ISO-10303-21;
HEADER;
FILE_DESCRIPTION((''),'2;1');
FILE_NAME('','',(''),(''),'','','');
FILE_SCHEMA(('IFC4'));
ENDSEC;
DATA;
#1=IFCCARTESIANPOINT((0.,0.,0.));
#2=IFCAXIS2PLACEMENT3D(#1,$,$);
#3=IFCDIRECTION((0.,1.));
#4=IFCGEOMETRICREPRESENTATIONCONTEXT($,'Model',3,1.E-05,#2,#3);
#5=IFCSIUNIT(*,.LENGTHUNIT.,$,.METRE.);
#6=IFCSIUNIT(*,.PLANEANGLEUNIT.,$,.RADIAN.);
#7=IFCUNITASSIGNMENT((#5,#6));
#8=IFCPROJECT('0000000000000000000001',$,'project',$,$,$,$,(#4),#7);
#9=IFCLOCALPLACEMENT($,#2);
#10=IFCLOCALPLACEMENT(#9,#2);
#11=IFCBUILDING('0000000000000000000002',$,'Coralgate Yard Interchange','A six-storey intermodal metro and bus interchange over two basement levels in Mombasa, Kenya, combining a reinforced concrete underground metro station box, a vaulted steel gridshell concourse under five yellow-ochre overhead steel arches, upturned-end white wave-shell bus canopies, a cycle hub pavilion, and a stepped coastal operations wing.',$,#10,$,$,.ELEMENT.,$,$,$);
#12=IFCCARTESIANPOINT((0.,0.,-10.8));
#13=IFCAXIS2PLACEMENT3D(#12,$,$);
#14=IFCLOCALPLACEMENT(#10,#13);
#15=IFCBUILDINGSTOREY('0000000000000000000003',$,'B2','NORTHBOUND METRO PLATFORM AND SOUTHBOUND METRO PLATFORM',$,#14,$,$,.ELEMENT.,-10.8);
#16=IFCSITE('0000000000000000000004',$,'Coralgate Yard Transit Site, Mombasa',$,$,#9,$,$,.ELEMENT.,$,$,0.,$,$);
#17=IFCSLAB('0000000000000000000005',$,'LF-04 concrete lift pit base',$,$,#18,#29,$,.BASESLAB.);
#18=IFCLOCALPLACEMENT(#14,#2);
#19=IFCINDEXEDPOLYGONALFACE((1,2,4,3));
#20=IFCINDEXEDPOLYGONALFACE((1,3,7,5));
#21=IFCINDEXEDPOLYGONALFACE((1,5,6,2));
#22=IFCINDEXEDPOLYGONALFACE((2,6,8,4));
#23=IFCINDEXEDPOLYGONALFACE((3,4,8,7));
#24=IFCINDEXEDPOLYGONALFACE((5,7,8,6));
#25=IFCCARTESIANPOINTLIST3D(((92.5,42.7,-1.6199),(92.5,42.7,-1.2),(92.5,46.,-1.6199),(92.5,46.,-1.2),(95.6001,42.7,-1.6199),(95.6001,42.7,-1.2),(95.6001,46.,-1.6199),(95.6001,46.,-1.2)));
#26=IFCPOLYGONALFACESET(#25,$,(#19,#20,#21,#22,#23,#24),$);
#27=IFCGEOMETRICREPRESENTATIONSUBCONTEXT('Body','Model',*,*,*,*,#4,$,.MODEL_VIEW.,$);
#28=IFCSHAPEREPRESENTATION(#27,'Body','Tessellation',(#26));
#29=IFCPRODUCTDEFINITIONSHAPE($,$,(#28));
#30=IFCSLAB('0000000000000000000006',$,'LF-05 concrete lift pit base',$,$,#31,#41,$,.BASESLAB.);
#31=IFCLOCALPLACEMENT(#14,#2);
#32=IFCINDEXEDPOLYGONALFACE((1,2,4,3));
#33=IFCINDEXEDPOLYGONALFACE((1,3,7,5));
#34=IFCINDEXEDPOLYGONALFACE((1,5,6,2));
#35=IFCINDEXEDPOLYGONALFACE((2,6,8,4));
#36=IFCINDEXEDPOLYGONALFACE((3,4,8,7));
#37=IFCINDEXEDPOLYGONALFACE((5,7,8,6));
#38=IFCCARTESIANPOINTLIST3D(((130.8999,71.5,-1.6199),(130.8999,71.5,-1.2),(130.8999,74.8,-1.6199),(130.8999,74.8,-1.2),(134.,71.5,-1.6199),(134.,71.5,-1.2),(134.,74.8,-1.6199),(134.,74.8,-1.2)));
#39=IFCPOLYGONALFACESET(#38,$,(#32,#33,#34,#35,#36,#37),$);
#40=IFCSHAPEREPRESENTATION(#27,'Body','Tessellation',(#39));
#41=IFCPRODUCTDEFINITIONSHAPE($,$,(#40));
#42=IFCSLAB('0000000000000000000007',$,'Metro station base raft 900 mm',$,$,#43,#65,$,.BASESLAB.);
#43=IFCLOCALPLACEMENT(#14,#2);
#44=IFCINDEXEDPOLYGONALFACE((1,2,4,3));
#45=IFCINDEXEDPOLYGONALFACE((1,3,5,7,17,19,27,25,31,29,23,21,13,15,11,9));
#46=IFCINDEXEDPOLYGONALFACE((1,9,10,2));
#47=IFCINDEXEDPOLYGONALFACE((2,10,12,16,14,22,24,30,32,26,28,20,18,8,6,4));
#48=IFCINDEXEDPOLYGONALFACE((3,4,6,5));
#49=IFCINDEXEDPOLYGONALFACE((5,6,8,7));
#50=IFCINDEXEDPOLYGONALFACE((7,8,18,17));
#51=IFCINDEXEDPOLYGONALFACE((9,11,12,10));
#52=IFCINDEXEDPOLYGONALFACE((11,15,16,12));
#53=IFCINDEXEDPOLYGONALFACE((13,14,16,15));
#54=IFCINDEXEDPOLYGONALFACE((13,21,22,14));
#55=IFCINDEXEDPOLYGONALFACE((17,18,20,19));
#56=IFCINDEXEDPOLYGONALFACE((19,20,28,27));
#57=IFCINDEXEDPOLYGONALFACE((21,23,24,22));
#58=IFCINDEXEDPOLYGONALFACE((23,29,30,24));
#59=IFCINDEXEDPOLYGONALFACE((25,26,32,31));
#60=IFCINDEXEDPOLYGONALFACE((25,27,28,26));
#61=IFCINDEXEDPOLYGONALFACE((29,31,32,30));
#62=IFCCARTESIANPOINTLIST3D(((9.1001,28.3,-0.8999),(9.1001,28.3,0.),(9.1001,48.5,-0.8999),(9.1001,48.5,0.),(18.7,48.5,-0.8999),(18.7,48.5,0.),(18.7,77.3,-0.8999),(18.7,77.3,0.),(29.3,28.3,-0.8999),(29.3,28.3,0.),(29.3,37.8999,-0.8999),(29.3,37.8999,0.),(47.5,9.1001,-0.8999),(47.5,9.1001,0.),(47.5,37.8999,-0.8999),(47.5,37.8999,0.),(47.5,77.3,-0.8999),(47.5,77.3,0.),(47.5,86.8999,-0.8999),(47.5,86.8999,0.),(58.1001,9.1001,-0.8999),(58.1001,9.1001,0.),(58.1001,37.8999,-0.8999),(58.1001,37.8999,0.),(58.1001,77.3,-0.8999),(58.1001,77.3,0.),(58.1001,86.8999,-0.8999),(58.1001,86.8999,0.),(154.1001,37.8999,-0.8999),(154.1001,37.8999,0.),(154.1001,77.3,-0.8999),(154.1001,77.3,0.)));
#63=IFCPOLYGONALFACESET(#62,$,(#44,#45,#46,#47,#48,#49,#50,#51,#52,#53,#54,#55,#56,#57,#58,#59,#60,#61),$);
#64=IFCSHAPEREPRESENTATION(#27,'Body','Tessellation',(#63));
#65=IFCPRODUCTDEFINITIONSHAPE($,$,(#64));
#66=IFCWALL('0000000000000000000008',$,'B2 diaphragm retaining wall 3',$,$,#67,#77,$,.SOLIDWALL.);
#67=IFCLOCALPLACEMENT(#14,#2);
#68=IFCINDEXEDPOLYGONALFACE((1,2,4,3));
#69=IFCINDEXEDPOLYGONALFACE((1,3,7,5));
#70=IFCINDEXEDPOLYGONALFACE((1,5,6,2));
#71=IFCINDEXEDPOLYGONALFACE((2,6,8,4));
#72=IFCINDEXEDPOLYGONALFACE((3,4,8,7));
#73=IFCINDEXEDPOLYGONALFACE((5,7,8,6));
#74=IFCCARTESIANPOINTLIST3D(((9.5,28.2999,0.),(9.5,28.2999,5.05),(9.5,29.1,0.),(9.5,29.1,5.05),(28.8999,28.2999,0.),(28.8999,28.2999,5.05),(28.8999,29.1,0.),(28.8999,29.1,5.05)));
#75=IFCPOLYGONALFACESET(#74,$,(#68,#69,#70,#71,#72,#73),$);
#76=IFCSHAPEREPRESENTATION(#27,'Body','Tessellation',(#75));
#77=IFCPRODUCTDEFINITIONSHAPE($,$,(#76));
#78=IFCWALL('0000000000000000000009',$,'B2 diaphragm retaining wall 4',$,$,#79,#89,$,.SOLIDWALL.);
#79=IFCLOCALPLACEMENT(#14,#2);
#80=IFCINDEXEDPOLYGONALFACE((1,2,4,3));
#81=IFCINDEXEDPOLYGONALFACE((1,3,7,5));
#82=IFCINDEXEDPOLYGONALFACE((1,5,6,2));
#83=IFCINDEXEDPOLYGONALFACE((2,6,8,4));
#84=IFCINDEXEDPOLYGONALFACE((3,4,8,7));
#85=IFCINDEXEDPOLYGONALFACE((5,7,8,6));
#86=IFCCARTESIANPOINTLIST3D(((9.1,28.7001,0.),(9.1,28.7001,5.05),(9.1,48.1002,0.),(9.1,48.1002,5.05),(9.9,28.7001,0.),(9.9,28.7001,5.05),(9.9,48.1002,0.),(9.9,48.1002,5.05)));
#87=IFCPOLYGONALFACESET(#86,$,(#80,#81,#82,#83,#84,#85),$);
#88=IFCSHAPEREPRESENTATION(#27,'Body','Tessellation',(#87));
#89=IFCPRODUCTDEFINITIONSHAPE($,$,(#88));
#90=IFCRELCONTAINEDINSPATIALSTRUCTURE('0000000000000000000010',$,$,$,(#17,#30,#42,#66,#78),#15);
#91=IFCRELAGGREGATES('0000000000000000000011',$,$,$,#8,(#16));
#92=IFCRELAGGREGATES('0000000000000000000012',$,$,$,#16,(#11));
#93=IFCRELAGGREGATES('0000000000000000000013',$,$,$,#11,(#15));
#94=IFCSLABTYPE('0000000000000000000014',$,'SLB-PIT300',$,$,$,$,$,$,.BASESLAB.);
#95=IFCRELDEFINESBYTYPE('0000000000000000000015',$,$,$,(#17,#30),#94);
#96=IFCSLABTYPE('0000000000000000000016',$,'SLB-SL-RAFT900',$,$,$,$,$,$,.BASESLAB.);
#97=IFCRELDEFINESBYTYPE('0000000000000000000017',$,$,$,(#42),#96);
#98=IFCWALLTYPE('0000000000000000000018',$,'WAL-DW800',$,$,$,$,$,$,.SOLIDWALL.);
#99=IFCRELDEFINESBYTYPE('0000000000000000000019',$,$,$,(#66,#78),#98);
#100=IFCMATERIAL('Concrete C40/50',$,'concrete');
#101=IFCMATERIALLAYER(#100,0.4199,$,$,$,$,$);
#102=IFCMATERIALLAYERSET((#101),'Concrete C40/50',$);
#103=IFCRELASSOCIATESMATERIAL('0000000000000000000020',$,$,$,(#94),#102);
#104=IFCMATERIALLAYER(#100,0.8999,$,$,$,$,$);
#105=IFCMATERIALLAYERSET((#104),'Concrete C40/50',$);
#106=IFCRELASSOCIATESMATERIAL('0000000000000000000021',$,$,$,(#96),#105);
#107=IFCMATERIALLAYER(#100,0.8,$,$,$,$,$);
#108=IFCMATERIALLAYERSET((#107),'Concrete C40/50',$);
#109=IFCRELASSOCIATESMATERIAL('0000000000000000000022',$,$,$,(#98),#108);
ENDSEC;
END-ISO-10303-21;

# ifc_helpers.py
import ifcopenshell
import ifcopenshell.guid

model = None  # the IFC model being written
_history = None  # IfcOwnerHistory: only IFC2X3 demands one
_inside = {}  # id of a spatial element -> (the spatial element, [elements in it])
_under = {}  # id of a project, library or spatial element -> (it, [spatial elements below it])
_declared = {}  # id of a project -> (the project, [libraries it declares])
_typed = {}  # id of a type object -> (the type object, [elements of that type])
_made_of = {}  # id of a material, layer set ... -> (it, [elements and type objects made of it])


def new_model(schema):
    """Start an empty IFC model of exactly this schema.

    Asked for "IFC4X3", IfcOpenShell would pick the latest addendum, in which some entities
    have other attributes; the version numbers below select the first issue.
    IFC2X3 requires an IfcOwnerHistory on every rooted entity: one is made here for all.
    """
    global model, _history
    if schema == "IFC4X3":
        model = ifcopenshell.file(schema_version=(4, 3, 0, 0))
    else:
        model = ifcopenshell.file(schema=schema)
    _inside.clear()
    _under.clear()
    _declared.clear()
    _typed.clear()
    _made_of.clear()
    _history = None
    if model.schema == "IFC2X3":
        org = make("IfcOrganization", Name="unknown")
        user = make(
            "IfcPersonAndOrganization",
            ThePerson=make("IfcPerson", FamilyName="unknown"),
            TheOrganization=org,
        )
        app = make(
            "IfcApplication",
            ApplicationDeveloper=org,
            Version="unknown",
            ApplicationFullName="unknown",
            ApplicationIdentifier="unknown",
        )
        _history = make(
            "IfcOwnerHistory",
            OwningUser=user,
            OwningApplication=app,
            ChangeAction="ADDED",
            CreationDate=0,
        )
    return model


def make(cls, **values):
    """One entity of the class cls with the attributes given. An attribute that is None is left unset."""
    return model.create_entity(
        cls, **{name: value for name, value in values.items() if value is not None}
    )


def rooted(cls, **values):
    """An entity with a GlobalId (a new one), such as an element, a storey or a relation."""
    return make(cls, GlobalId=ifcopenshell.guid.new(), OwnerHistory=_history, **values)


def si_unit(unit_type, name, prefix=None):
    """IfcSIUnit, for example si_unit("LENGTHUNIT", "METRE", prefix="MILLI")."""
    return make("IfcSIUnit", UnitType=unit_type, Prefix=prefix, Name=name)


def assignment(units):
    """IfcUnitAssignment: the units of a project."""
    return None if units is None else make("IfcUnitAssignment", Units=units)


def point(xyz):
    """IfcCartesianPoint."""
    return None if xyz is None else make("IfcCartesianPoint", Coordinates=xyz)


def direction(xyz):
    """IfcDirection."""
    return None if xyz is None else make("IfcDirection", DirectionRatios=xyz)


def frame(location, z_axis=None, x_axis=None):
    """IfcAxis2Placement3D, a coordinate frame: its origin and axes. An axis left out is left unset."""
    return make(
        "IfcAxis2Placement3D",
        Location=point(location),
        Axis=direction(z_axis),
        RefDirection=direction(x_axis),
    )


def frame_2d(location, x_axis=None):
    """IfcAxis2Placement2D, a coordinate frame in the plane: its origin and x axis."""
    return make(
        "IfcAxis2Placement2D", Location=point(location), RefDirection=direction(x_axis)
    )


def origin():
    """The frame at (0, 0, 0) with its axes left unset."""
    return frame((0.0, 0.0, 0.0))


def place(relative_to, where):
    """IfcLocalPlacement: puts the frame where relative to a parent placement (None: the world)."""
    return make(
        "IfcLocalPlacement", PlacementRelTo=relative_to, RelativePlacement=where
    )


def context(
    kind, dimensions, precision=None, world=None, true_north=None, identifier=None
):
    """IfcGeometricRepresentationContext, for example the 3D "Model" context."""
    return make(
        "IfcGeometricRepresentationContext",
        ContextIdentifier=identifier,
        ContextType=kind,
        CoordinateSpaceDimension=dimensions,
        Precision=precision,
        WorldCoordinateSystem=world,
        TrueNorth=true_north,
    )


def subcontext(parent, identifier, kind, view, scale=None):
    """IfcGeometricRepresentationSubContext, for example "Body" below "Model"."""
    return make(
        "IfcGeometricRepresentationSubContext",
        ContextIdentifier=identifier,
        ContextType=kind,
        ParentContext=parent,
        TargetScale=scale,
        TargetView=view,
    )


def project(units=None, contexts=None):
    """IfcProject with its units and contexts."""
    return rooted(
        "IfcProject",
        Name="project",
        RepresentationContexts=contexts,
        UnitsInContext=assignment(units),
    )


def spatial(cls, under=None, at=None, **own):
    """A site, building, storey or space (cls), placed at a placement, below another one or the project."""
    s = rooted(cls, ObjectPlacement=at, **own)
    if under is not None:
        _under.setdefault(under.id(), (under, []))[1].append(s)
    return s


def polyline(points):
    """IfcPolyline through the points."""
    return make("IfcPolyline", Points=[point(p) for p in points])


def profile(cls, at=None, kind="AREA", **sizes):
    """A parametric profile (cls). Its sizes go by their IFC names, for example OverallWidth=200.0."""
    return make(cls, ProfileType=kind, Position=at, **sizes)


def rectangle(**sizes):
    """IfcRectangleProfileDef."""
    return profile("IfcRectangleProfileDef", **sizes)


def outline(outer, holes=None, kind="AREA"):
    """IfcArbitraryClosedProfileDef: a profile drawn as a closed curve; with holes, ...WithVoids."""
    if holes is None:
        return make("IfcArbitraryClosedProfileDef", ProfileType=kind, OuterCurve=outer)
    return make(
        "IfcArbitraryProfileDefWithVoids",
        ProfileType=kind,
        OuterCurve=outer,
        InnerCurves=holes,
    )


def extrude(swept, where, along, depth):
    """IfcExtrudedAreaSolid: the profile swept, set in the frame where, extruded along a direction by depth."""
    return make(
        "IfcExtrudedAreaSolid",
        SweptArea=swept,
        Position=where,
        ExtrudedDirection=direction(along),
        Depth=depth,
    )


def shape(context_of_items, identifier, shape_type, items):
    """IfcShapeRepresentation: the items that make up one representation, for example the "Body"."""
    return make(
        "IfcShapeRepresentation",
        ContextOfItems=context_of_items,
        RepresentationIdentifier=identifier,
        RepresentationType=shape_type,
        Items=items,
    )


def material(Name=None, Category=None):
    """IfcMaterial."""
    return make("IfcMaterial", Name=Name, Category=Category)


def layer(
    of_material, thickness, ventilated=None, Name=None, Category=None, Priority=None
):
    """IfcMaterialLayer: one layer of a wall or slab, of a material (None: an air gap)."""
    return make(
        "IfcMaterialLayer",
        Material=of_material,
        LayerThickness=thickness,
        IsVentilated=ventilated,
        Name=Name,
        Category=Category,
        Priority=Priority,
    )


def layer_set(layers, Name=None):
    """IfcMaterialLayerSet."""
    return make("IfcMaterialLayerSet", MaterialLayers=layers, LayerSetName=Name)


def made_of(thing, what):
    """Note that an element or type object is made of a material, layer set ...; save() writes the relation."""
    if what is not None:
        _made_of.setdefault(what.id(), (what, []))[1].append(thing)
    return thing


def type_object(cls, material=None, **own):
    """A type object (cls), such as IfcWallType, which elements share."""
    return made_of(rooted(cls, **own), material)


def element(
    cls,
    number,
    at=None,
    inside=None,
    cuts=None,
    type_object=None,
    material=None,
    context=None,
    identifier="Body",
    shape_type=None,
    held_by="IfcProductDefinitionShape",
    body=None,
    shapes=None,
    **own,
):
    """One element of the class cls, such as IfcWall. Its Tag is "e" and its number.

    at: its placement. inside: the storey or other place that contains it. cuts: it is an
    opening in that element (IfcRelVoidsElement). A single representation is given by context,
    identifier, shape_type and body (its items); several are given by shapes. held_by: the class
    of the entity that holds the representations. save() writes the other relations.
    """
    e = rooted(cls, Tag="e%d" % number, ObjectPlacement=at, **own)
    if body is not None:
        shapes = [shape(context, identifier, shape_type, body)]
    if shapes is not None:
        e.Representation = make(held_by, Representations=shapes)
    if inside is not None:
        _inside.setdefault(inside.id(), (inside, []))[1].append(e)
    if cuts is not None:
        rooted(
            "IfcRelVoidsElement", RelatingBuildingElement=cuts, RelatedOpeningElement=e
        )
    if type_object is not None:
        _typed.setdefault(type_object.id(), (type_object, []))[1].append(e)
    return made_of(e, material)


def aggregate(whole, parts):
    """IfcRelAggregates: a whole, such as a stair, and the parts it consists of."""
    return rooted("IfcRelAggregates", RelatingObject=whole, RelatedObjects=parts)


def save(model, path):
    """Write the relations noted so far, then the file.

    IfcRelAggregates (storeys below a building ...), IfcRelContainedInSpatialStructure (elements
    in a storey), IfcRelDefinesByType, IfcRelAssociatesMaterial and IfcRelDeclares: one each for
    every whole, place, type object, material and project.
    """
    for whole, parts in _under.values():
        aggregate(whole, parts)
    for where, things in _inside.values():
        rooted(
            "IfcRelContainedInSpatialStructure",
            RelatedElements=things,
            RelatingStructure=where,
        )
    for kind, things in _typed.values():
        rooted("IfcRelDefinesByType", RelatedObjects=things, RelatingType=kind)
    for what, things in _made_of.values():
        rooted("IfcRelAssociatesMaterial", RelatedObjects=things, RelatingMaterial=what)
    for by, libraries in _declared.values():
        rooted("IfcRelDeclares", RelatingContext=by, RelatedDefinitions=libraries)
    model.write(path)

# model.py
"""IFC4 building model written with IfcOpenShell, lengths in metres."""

from ifc_helpers import new_model, si_unit, direction, frame, frame_2d, origin, place, context, subcontext, project, spatial, polyline, rectangle, outline, extrude, material, layer, layer_set, type_object, element, save


model = new_model("IFC4")

# Units and contexts
model_context = context("Model", 3, precision=1e-05, world=origin(), true_north=direction((0.0, 1.0)))
body_context = subcontext(model_context, "Body", "Model", "MODEL_VIEW")
ifc_project = project(units=[si_unit("LENGTHUNIT", "METRE"), si_unit("PLANEANGLEUNIT", "RADIAN")], contexts=[model_context])

# Site, building, storey
site_placement = place(None, origin())
site = spatial("IfcSite", under=ifc_project, at=site_placement, Name="Coralgate Yard Transit Site, Mombasa", CompositionType="ELEMENT", RefElevation=0.0)
building_placement = place(site_placement, origin())
building = spatial("IfcBuilding", under=site, at=building_placement, Name="Coralgate Yard Interchange", Description="A six-storey intermodal metro and bus interchange over two basement levels in Mombasa, Kenya, combining a reinforced concrete underground metro station box, a vaulted steel gridshell concourse under five yellow-ochre overhead steel arches, upturned-end white wave-shell bus canopies, a cycle hub pavilion, and a stepped coastal operations wing.", CompositionType="ELEMENT")
storey_placement = place(building_placement, frame((0.0, 0.0, -10.8)))
storey = spatial("IfcBuildingStorey", under=building, at=storey_placement, Name="B2", Description="NORTHBOUND METRO PLATFORM AND SOUTHBOUND METRO PLATFORM", CompositionType="ELEMENT", Elevation=-10.8)

# Shared definitions
ifc_material = material(Name="Concrete C40/50", Category="concrete")

# Slabs
ifc_layer_1 = layer(ifc_material, 0.4199)
ifc_layer_set_1 = layer_set([ifc_layer_1], Name="Concrete C40/50")
slab_type_1 = type_object("IfcSlabType", Name="SLB-PIT300", PredefinedType="BASESLAB", material=ifc_layer_set_1)
slab_1_placement = place(storey_placement, frame((0.0, 0.0, -1.6199)))
element("IfcSlab", 1, at=slab_1_placement, inside=storey, type_object=slab_type_1, Name="LF-04 concrete lift pit base", PredefinedType="BASESLAB", context=body_context, shape_type="SweptSolid", body=[
    extrude(outline(polyline([(92.5, 42.7), (95.6001, 42.7), (95.6001, 46.0), (92.5, 46.0), (92.5, 42.7)])), origin(), (0.0, 0.0, 1.0), 0.4199),
])
slab_2_placement = place(storey_placement, frame((0.0, 0.0, -1.6199)))
element("IfcSlab", 2, at=slab_2_placement, inside=storey, type_object=slab_type_1, Name="LF-05 concrete lift pit base", PredefinedType="BASESLAB", context=body_context, shape_type="SweptSolid", body=[
    extrude(outline(polyline([(130.8999, 71.5), (134.0, 71.5), (134.0, 74.8), (130.8999, 74.8), (130.8999, 71.5)])), origin(), (0.0, 0.0, 1.0), 0.4199),
])
ifc_layer_2 = layer(ifc_material, 0.8999)
ifc_layer_set_2 = layer_set([ifc_layer_2], Name="Concrete C40/50")
slab_type_2 = type_object("IfcSlabType", Name="SLB-SL-RAFT900", PredefinedType="BASESLAB", material=ifc_layer_set_2)
slab_3_placement = place(storey_placement, frame((0.0, 0.0, -0.8999)))
element("IfcSlab", 3, at=slab_3_placement, inside=storey, type_object=slab_type_2, Name="Metro station base raft 900 mm", PredefinedType="BASESLAB", context=body_context, shape_type="SweptSolid", body=[
    extrude(outline(polyline([(47.5, 37.8999), (29.3, 37.8999), (29.3, 28.3), (9.1001, 28.3), (9.1001, 48.5), (18.7, 48.5), (18.7, 77.3), (47.5, 77.3), (47.5, 86.8999), (58.1001, 86.8999), (58.1001, 77.3), (154.1001, 77.3), (154.1001, 37.8999), (58.1001, 37.8999), (58.1001, 9.1001), (47.5, 9.1001), (47.5, 37.8999)])), origin(), (0.0, 0.0, 1.0), 0.8999),
])

# Walls
ifc_layer_3 = layer(ifc_material, 0.8)
ifc_layer_set_3 = layer_set([ifc_layer_3], Name="Concrete C40/50")
wall_type = type_object("IfcWallType", Name="WAL-DW800", PredefinedType="SOLIDWALL", material=ifc_layer_set_3)
wall_1_placement = place(storey_placement, frame((28.8999, 28.7, 0.0), z_axis=(0.0, 0.0, 1.0), x_axis=(-1.0, 0.0, 0.0)))
element("IfcWall", 4, at=wall_1_placement, inside=storey, type_object=wall_type, Name="B2 diaphragm retaining wall 3", PredefinedType="SOLIDWALL", context=body_context, shape_type="SweptSolid", body=[
    extrude(rectangle(XDim=19.3999, YDim=0.8, at=frame_2d((9.7, 0.0))), origin(), (0.0, 0.0, 1.0), 5.05),
])
wall_2_placement = place(storey_placement, frame((9.5, 28.7, 0.0), z_axis=(0.0, 0.0, 1.0), x_axis=(0.0, 1.0, 0.0)))
element("IfcWall", 5, at=wall_2_placement, inside=storey, type_object=wall_type, Name="B2 diaphragm retaining wall 4", PredefinedType="SOLIDWALL", context=body_context, shape_type="SweptSolid", body=[
    extrude(rectangle(XDim=19.4001, YDim=0.8, at=frame_2d((9.7002, 0.0))), origin(), (0.0, 0.0, 1.0), 5.05),
])

save(model, "model.ifc")
